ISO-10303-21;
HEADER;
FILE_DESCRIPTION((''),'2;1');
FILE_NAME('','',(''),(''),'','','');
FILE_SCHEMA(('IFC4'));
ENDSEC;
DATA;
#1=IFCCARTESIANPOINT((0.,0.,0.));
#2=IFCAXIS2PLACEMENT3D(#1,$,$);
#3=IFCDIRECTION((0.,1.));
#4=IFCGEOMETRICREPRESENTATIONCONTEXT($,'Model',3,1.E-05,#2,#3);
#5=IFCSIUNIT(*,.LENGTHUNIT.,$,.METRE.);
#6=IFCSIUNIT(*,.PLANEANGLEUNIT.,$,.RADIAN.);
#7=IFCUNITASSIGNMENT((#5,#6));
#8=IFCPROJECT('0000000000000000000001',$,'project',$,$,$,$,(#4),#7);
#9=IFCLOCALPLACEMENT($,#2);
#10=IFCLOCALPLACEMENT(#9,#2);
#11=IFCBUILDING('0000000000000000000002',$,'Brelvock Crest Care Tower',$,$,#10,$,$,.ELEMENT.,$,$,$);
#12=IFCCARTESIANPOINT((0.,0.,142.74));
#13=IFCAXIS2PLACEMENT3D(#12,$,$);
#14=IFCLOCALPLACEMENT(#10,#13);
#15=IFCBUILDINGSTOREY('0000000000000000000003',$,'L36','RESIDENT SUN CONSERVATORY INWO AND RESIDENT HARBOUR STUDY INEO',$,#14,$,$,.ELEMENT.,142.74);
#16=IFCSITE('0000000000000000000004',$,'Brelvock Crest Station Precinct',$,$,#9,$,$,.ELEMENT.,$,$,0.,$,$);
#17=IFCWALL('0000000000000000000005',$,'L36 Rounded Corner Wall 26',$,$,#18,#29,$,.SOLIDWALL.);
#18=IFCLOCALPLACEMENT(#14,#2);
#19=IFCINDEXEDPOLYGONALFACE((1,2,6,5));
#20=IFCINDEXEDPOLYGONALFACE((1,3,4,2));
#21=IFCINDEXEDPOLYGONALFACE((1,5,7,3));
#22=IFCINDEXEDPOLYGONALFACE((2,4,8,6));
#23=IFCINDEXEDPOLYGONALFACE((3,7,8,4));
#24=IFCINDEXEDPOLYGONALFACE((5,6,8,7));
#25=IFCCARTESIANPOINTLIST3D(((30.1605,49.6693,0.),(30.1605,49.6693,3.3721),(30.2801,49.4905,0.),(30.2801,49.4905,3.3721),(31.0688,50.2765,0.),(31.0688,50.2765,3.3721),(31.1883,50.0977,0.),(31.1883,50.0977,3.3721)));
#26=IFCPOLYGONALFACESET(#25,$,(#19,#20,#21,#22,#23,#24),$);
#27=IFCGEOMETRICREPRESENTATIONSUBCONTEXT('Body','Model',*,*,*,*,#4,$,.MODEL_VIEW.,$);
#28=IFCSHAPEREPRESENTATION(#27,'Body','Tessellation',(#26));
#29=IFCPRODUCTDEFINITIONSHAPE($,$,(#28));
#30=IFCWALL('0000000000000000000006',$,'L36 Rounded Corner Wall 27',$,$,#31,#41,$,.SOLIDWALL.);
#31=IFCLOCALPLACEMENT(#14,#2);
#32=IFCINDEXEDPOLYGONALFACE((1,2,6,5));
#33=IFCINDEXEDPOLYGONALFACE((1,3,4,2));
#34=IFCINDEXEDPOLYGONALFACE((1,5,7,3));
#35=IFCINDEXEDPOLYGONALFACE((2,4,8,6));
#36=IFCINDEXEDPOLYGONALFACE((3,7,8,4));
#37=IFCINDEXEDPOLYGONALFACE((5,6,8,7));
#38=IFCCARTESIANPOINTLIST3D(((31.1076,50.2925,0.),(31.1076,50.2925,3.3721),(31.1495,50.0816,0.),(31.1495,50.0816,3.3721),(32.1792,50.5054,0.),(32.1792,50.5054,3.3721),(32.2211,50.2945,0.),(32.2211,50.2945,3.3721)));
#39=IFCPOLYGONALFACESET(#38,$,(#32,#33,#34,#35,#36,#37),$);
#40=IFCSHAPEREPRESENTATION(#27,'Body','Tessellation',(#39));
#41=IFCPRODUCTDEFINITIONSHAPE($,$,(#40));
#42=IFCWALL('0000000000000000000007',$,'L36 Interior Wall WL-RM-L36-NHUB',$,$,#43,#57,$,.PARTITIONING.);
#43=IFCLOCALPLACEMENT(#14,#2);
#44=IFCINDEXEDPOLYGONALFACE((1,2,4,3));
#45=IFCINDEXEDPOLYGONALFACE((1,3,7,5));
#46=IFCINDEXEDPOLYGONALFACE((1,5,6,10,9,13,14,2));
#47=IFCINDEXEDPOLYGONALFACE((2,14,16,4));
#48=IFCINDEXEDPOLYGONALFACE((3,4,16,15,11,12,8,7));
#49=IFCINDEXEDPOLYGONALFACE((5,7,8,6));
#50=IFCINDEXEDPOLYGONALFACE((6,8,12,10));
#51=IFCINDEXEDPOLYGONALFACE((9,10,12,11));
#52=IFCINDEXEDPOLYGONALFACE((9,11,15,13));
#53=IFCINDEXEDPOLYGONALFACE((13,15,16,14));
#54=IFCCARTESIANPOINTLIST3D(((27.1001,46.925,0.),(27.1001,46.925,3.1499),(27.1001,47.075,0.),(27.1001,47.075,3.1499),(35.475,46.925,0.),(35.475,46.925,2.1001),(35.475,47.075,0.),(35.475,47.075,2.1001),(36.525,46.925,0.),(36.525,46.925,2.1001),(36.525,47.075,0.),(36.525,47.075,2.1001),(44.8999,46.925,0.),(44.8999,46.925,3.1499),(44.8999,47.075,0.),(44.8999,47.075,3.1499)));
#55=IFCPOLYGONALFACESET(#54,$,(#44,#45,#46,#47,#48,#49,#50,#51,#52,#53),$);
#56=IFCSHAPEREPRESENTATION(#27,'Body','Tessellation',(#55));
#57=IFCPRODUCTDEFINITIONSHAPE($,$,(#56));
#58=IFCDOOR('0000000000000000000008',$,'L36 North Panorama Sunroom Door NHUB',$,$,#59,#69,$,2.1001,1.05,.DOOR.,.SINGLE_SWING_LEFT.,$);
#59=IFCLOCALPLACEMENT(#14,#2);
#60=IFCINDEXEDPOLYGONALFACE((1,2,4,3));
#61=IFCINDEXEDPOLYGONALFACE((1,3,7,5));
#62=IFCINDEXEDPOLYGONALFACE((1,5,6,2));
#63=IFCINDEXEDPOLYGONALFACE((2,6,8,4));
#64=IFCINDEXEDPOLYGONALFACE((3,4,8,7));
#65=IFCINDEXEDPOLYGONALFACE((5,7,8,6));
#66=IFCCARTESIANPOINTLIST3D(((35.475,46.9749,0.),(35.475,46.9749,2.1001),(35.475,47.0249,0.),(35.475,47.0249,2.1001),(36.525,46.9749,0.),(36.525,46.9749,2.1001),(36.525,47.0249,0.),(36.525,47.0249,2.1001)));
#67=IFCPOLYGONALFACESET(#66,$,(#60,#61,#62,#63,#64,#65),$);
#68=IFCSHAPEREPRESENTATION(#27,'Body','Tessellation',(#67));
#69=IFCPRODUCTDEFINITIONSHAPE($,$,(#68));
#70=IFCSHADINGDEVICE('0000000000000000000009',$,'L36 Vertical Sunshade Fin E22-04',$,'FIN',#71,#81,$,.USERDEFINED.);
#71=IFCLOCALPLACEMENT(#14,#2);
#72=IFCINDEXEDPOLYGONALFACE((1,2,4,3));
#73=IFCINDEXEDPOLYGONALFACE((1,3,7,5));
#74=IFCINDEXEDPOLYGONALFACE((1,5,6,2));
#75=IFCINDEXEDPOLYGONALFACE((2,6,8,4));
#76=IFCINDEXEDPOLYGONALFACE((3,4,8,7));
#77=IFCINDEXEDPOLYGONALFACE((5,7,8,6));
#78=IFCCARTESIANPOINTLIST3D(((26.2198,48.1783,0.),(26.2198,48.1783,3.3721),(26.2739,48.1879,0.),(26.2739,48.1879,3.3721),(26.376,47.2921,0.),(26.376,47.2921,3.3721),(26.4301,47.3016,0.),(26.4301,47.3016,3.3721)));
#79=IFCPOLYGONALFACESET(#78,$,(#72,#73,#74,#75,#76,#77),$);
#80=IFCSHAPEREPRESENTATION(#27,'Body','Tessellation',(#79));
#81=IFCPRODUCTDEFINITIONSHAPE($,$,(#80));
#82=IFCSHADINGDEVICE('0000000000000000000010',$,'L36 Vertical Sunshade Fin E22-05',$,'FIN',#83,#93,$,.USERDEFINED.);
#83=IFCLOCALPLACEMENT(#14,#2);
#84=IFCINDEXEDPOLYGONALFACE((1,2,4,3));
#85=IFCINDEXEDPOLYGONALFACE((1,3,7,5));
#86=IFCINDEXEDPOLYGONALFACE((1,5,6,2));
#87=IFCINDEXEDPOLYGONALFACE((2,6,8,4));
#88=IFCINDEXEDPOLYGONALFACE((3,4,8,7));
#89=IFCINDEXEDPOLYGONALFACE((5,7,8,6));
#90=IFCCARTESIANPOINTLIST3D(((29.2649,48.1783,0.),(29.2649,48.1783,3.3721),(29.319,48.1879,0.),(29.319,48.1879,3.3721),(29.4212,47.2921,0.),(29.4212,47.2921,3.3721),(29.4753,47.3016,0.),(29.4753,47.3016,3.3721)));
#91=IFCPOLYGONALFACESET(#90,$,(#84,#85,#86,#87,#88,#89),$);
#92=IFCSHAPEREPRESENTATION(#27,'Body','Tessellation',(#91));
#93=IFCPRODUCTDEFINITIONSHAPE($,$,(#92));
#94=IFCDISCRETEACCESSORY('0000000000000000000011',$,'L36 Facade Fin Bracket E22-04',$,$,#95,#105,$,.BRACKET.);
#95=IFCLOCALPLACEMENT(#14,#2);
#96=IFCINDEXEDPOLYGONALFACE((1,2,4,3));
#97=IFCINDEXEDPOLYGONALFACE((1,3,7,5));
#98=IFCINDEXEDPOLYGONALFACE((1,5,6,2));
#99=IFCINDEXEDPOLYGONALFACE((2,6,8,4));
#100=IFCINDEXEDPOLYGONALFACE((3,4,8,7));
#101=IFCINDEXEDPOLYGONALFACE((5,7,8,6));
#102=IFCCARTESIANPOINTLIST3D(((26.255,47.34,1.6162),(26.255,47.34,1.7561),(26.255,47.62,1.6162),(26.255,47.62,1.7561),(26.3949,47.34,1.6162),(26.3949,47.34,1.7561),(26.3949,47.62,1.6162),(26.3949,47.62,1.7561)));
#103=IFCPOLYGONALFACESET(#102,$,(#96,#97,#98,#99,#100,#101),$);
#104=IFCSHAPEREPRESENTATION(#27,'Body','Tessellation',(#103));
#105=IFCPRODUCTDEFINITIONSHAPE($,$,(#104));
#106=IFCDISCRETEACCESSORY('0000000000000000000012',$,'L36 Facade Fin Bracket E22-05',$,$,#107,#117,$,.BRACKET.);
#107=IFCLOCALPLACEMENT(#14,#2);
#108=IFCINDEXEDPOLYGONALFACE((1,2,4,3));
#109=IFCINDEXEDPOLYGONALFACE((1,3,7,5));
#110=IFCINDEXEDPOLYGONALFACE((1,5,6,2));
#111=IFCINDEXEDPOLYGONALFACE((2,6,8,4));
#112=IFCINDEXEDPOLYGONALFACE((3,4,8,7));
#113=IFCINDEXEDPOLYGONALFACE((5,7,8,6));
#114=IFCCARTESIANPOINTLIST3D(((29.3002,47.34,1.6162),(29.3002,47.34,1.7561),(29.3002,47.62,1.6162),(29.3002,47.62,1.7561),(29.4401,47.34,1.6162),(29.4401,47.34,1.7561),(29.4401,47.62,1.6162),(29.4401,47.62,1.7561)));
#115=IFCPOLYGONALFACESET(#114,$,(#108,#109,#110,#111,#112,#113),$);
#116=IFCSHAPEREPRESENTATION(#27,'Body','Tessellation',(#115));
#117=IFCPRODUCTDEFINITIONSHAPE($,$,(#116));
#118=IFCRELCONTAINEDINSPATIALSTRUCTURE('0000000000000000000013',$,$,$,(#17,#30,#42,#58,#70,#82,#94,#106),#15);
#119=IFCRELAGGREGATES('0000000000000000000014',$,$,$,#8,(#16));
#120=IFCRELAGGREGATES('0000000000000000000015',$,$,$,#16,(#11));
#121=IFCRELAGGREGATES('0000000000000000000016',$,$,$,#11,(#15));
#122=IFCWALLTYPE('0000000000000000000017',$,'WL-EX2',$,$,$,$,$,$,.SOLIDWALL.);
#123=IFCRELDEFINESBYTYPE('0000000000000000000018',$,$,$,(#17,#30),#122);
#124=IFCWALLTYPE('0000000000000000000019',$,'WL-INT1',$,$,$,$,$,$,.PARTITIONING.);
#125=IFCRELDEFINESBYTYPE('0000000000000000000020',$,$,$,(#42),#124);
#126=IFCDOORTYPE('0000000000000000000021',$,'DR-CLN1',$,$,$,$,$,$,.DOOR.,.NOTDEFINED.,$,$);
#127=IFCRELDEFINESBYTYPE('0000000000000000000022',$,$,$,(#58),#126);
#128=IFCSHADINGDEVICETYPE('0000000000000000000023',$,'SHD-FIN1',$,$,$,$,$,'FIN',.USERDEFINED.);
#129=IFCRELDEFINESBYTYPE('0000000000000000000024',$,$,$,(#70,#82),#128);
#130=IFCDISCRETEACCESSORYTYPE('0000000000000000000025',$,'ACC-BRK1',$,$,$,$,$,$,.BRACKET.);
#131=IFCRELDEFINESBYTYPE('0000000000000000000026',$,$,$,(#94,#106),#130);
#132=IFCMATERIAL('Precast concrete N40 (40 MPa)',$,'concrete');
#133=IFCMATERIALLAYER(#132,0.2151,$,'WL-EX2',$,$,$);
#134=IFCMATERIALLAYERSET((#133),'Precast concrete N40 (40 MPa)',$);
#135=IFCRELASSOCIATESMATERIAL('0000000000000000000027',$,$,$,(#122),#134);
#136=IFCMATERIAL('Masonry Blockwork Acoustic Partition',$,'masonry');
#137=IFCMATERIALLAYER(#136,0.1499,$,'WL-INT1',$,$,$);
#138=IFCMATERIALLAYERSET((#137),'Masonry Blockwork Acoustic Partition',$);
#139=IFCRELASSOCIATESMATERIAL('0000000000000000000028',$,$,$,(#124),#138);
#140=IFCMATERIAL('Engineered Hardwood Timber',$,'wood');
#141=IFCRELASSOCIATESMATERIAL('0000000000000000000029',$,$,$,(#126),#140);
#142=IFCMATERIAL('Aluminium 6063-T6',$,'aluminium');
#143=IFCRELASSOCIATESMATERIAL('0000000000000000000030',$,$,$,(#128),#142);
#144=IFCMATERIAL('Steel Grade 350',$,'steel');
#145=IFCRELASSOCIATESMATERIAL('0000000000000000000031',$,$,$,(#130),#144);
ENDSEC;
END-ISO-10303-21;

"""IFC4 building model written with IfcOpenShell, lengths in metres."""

from ifc_helpers import new_model, si_unit, direction, frame, frame_2d, origin, origin_2d, place, context, subcontext, project, spatial, rectangle, extrude, source, transform, mapped, material, layer, layer_set, material_profile, profile_set, type_object, element, fill, save


model = new_model("IFC4")

# Units and contexts
model_context = context("Model", 3, precision=1e-05, world=origin(), true_north=direction((0.0, 1.0)))
body_context = subcontext(model_context, "Body", "Model", "MODEL_VIEW")
ifc_project = project(units=[si_unit("LENGTHUNIT", "METRE"), si_unit("PLANEANGLEUNIT", "RADIAN")], contexts=[model_context])

# Site, building, storey
site_placement = place(None, origin())
site = spatial("IfcSite", under=ifc_project, at=site_placement, Name="Brelvock Crest Station Precinct", CompositionType="ELEMENT", RefElevation=0.0)
building_placement = place(site_placement, origin())
building = spatial("IfcBuilding", under=site, at=building_placement, Name="Brelvock Crest Care Tower", CompositionType="ELEMENT")
storey_placement = place(building_placement, frame((0.0, 0.0, 142.74)))
storey = spatial("IfcBuildingStorey", under=building, at=storey_placement, Name="L36", Description="RESIDENT SUN CONSERVATORY INWO AND RESIDENT HARBOUR STUDY INEO", CompositionType="ELEMENT", Elevation=142.74)

# Shared definitions
ifc_material_1 = material(Name="Steel Grade 350", Category="steel")

# Shared definitions
ifc_material_2 = material(Name="Aluminium 6063-T6", Category="aluminium")

# Walls
ifc_material_3 = material(Name="Precast concrete N40 (40 MPa)", Category="concrete")
ifc_layer_1 = layer(ifc_material_3, 0.2151, Name="WL-EX2")
ifc_layer_set_1 = layer_set([ifc_layer_1], Name="Precast concrete N40 (40 MPa)")
wall_type_1 = type_object("IfcWallType", Name="WL-EX2", PredefinedType="SOLIDWALL", material=ifc_layer_set_1)
for number, where, z_axis, x_axis, name in (
    (1, (30.2202, 49.5798, 0.0), (0.0, 0.0, 1.0), (0.831328, 0.555783, 0.0), "L36 Rounded Corner Wall 26"),
    (2, (31.1284, 50.187, 0.0), (0.0, 0.0, 1.0), (0.980829, 0.19487, 0.0), "L36 Rounded Corner Wall 27"),
):
    element("IfcWall", number, at=place(storey_placement, frame(where, z_axis=z_axis, x_axis=x_axis)), inside=storey, type_object=wall_type_1, Name=name, PredefinedType="SOLIDWALL", context=body_context, shape_type="SweptSolid", body=[
        extrude(rectangle(XDim=1.0925, YDim=0.2151, at=frame_2d((0.5464, 0.0))), origin(), (0.0, 0.0, 1.0), 3.3721),
    ])

# Wall, opening, door
ifc_material_4 = material(Name="Masonry Blockwork Acoustic Partition", Category="masonry")
ifc_layer_2 = layer(ifc_material_4, 0.1499, Name="WL-INT1")
ifc_layer_set_2 = layer_set([ifc_layer_2], Name="Masonry Blockwork Acoustic Partition")
wall_type_2 = type_object("IfcWallType", Name="WL-INT1", PredefinedType="PARTITIONING", material=ifc_layer_set_2)
wall_1_placement = place(storey_placement, frame((27.1001, 47.0, 0.0), z_axis=(0.0, 0.0, 1.0), x_axis=(1.0, 0.0, 0.0)))
wall_1 = element("IfcWall", 3, at=wall_1_placement, inside=storey, type_object=wall_type_2, Name="L36 Interior Wall WL-RM-L36-NHUB", PredefinedType="PARTITIONING", context=body_context, shape_type="SweptSolid", body=[
    extrude(rectangle(XDim=17.7998, YDim=0.1499, at=frame_2d((8.8999, 0.0))), origin(), (0.0, 0.0, 1.0), 3.1499),
])
opening_placement = place(wall_1_placement, frame((8.375, 0.0, 0.0)))
opening = element("IfcOpeningElement", 4, at=opening_placement, cuts=wall_1, PredefinedType="OPENING", context=body_context, shape_type="SweptSolid", body=[
    extrude(rectangle(XDim=1.05, YDim=2.1001, at=origin_2d()), frame((0.5249, 0.085, 1.05), z_axis=(0.0, -1.0, 0.0), x_axis=(1.0, 0.0, 0.0)), (0.0, 0.0, 1.0), 0.1699),
])
ifc_material_5 = material(Name="Engineered Hardwood Timber", Category="wood")
door_type = type_object("IfcDoorType", Name="DR-CLN1", OperationType="NOTDEFINED", PredefinedType="DOOR", material=ifc_material_5)
shared_shape_1 = source(origin(), body_context, "Body", "SweptSolid", [
    extrude(rectangle(XDim=1.05, YDim=2.1001, at=origin_2d()), frame((0.5249, 0.0249, 1.05), z_axis=(0.0, -1.0, 0.0), x_axis=(1.0, 0.0, 0.0)), (0.0, 0.0, 1.0), 0.05),
])
door_placement = place(opening_placement, origin())
door = element("IfcDoor", 5, at=door_placement, inside=storey, type_object=door_type, Name="L36 North Panorama Sunroom Door NHUB", OperationType="SINGLE_SWING_LEFT", OverallHeight=2.1001, OverallWidth=1.05, PredefinedType="DOOR", context=body_context, shape_type="MappedRepresentation", body=[
    mapped(shared_shape_1, transform((0.0, 0.0, 0.0), x_axis=(1.0, 0.0, 0.0), y_axis=(0.0, 1.0, 0.0), z_axis=(0.0, 0.0, 1.0), scale=1.0)),
])
fill(opening, door)

# Shading devices
ifc_material_profile_1 = material_profile(ifc_material_2, rectangle(XDim=0.0549, YDim=0.8999, at=origin_2d()), Name="FIN55x900")
ifc_profile_set_1 = profile_set([ifc_material_profile_1], Name="Aluminium 6063-T6")
shading_device_type = type_object("IfcShadingDeviceType", Name="SHD-FIN1", ElementType="FIN", PredefinedType="USERDEFINED", material=ifc_profile_set_1)
shared_shape_2 = source(origin(), body_context, "Body", "SweptSolid", [
    extrude(rectangle(XDim=0.0549, YDim=0.8999, at=origin_2d()), origin(), (0.0, 0.0, 1.0), 3.3721),
])
for number, where, z_axis, x_axis, name in (
    (6, (26.325, 47.74, 0.0), (0.0, 0.0, 1.0), (0.984808, 0.173648, 0.0), "L36 Vertical Sunshade Fin E22-04"),
    (7, (29.3701, 47.74, 0.0), (0.0, 0.0, 1.0), (0.984808, 0.173648, 0.0), "L36 Vertical Sunshade Fin E22-05"),
):
    element("IfcShadingDevice", number, at=place(storey_placement, frame(where, z_axis=z_axis, x_axis=x_axis)), inside=storey, type_object=shading_device_type, Name=name, ObjectType="FIN", PredefinedType="USERDEFINED", context=body_context, shape_type="MappedRepresentation", body=[
        mapped(shared_shape_2, transform((0.0, 0.0, 0.0), x_axis=(1.0, 0.0, 0.0), y_axis=(0.0, 1.0, 0.0), z_axis=(0.0, 0.0, 1.0), scale=1.0)),
    ])

# Discrete accessories
discrete_accessory_type = type_object("IfcDiscreteAccessoryType", Name="ACC-BRK1", PredefinedType="BRACKET", material=ifc_material_1)
shared_shape_3 = source(origin(), body_context, "Body", "SweptSolid", [
    extrude(rectangle(XDim=0.28, YDim=0.1399, at=origin_2d()), origin(), (0.0, 0.0, 1.0), 0.1399),
])
for number, where, z_axis, x_axis, name in (
    (8, (26.325, 47.48, 1.6162), (0.0, 0.0, 1.0), (0.0, 1.0, 0.0), "L36 Facade Fin Bracket E22-04"),
    (9, (29.3701, 47.48, 1.6162), (0.0, 0.0, 1.0), (0.0, 1.0, 0.0), "L36 Facade Fin Bracket E22-05"),
):
    element("IfcDiscreteAccessory", number, at=place(storey_placement, frame(where, z_axis=z_axis, x_axis=x_axis)), inside=storey, type_object=discrete_accessory_type, Name=name, PredefinedType="BRACKET", context=body_context, shape_type="MappedRepresentation", body=[
        mapped(shared_shape_3, transform((0.0, 0.0, 0.0), x_axis=(1.0, 0.0, 0.0), y_axis=(0.0, 1.0, 0.0), z_axis=(0.0, 0.0, 1.0), scale=1.0)),
    ])

save(model, "model.ifc")
